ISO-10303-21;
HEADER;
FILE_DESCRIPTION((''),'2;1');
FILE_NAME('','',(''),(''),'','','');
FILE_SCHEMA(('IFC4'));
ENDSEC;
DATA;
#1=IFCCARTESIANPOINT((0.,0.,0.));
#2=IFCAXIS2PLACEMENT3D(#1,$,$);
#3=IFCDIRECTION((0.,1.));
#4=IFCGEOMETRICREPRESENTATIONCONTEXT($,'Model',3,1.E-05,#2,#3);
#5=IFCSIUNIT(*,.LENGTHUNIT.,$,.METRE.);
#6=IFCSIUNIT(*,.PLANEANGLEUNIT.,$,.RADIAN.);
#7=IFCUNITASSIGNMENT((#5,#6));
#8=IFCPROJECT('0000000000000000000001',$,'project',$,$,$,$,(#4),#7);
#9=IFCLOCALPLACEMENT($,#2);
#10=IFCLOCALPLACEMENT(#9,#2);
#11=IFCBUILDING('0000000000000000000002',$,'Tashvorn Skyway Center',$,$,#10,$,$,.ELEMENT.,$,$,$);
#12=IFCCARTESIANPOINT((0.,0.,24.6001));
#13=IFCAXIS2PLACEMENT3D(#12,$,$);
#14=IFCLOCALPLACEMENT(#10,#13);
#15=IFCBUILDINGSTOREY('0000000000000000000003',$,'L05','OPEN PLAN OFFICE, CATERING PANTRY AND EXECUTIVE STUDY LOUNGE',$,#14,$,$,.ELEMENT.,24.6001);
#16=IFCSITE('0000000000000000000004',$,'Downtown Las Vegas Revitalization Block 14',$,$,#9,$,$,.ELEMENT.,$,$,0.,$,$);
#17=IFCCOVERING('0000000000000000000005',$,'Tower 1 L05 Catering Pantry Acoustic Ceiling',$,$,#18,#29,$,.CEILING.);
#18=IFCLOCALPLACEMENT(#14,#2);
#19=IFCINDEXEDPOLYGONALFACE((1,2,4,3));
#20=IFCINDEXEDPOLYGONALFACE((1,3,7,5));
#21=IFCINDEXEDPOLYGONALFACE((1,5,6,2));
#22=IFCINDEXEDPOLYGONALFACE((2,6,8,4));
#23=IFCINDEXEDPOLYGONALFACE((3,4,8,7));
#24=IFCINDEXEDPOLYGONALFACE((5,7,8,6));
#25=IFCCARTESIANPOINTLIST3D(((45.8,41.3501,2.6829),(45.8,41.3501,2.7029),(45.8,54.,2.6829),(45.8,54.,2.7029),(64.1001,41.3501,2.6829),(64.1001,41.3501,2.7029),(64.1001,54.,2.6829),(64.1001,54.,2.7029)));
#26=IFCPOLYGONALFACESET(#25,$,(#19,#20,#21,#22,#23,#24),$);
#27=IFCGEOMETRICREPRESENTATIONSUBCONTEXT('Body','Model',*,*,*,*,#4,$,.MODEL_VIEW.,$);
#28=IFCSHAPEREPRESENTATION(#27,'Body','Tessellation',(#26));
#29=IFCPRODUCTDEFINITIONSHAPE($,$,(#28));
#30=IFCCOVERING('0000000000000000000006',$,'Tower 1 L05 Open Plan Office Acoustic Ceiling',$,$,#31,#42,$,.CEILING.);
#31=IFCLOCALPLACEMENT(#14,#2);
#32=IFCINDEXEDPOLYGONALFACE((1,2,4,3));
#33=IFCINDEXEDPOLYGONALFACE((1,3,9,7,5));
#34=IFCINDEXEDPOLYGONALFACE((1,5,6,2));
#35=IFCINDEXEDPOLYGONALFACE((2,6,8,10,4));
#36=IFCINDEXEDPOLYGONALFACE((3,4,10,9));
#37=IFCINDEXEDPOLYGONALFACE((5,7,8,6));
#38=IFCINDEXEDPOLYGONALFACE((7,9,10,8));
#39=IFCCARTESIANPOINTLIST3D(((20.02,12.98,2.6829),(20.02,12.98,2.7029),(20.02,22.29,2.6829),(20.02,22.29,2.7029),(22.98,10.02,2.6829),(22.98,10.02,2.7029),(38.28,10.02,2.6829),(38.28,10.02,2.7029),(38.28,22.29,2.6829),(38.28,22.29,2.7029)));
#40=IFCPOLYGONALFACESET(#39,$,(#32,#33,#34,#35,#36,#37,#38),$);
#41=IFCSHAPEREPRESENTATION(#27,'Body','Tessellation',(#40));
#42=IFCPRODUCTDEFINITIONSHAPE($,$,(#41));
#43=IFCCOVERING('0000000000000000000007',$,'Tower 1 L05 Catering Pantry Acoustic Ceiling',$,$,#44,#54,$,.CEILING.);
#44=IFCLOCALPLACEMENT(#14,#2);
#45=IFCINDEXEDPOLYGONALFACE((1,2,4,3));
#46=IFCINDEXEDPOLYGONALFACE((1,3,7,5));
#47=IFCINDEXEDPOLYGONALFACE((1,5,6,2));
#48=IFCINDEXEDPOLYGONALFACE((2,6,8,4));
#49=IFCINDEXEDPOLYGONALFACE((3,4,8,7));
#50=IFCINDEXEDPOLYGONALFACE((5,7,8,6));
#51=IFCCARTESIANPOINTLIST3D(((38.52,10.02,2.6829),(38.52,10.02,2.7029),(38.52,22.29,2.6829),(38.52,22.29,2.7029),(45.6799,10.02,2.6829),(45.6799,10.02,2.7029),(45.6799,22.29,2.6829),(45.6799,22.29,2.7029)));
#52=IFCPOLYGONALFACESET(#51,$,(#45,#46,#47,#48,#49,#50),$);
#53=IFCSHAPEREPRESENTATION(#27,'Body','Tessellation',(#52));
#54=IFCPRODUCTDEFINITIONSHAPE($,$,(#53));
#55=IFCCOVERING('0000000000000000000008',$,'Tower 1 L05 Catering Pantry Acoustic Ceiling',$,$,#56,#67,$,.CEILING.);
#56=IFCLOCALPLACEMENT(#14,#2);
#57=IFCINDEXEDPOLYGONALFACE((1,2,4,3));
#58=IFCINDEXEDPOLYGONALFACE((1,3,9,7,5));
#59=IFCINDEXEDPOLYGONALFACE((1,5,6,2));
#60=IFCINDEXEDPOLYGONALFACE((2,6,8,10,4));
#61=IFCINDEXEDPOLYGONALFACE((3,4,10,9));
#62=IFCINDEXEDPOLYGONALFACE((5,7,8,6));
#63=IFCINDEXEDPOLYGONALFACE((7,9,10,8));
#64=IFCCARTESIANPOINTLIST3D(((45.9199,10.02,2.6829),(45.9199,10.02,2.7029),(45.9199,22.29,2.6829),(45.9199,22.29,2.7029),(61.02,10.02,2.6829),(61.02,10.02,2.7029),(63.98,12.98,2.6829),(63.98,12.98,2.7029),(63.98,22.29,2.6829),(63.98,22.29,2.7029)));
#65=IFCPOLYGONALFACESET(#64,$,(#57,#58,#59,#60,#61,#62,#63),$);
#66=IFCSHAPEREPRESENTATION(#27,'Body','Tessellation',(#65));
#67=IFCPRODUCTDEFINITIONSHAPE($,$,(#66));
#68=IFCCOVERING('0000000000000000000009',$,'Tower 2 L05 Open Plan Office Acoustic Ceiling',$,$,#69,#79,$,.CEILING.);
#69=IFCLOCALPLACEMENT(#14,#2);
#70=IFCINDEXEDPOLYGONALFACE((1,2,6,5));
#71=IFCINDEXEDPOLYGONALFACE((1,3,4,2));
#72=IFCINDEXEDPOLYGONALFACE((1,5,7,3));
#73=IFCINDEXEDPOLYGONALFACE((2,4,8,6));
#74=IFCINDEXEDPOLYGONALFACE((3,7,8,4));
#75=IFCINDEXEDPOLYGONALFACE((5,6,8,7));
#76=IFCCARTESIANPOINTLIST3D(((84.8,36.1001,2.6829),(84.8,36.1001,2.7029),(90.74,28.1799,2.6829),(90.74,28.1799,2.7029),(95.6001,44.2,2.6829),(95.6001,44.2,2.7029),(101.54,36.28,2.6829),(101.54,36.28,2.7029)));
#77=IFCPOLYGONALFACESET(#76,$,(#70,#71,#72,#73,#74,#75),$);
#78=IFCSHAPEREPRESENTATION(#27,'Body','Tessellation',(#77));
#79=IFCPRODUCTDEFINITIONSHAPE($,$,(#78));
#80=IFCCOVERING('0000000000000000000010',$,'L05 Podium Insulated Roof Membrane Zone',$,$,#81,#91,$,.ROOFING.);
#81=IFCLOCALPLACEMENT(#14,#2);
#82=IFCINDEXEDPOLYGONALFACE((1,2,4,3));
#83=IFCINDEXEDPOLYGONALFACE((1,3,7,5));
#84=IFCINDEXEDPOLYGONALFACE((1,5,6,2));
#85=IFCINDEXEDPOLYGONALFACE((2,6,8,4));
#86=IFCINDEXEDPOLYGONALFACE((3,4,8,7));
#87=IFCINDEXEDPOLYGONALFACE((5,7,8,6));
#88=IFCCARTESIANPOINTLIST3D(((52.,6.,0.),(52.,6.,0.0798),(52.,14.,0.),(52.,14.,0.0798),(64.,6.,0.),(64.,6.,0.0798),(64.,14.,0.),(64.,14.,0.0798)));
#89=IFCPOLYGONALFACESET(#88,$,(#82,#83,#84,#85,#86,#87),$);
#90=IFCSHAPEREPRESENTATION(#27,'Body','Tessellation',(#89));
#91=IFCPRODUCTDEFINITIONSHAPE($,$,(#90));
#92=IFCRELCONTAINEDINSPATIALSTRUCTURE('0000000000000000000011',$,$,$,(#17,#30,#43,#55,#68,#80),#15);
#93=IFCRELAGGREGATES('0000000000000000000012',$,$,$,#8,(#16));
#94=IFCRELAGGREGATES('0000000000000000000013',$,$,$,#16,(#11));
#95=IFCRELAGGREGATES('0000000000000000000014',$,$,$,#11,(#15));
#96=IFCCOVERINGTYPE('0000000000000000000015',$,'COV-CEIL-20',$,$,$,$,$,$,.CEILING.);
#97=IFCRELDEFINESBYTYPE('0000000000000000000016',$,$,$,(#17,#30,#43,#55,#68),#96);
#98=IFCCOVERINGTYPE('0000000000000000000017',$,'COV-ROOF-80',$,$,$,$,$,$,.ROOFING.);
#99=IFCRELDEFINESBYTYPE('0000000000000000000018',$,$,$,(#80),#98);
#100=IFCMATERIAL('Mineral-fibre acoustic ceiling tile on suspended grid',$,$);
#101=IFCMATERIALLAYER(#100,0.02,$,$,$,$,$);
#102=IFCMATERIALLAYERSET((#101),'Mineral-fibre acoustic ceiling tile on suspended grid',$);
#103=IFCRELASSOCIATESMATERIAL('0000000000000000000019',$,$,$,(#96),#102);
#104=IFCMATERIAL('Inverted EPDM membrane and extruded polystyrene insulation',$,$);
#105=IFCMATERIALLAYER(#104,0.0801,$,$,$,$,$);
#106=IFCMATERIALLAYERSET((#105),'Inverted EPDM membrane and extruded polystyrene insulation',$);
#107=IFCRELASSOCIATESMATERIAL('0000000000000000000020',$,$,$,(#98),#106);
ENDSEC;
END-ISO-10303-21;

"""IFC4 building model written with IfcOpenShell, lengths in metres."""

from ifc_helpers import new_model, si_unit, direction, frame, origin, place, context, subcontext, project, spatial, polyline, outline, extrude, material, layer, layer_set, type_object, element, save


model = new_model("IFC4")

# Units and contexts
model_context = context("Model", 3, precision=1e-05, world=origin(), true_north=direction((0.0, 1.0)))
body_context = subcontext(model_context, "Body", "Model", "MODEL_VIEW")
ifc_project = project(units=[si_unit("LENGTHUNIT", "METRE"), si_unit("PLANEANGLEUNIT", "RADIAN")], contexts=[model_context])

# Site, building, storey
site_placement = place(None, origin())
site = spatial("IfcSite", under=ifc_project, at=site_placement, Name="Downtown Las Vegas Revitalization Block 14", CompositionType="ELEMENT", RefElevation=0.0)
building_placement = place(site_placement, origin())
building = spatial("IfcBuilding", under=site, at=building_placement, Name="Tashvorn Skyway Center", CompositionType="ELEMENT")
storey_placement = place(building_placement, frame((0.0, 0.0, 24.6001)))
storey = spatial("IfcBuildingStorey", under=building, at=storey_placement, Name="L05", Description="OPEN PLAN OFFICE, CATERING PANTRY AND EXECUTIVE STUDY LOUNGE", CompositionType="ELEMENT", Elevation=24.6001)

# Coverings
ifc_material_1 = material(Name="Mineral-fibre acoustic ceiling tile on suspended grid")
ifc_layer_1 = layer(ifc_material_1, 0.02)
ifc_layer_set_1 = layer_set([ifc_layer_1], Name="Mineral-fibre acoustic ceiling tile on suspended grid")
covering_type_1 = type_object("IfcCoveringType", Name="COV-CEIL-20", PredefinedType="CEILING", material=ifc_layer_set_1)
covering_1_placement = place(storey_placement, frame((0.0, 0.0, 2.6829)))
element("IfcCovering", 1, at=covering_1_placement, inside=storey, type_object=covering_type_1, Name="Tower 1 L05 Catering Pantry Acoustic Ceiling", PredefinedType="CEILING", context=body_context, shape_type="SweptSolid", body=[
    extrude(outline(polyline([(45.8, 41.3501), (64.1001, 41.3501), (64.1001, 54.0), (45.8, 54.0), (45.8, 41.3501)])), origin(), (0.0, 0.0, 1.0), 0.02),
])
covering_2_placement = place(storey_placement, frame((0.0, 0.0, 2.6829)))
element("IfcCovering", 2, at=covering_2_placement, inside=storey, type_object=covering_type_1, Name="Tower 1 L05 Open Plan Office Acoustic Ceiling", PredefinedType="CEILING", context=body_context, shape_type="SweptSolid", body=[
    extrude(outline(polyline([(20.02, 22.29), (38.28, 22.29), (38.28, 10.02), (22.98, 10.02), (20.02, 12.98), (20.02, 22.29)])), origin(), (0.0, 0.0, 1.0), 0.02),
])
covering_3_placement = place(storey_placement, frame((0.0, 0.0, 2.6829)))
element("IfcCovering", 3, at=covering_3_placement, inside=storey, type_object=covering_type_1, Name="Tower 1 L05 Catering Pantry Acoustic Ceiling", PredefinedType="CEILING", context=body_context, shape_type="SweptSolid", body=[
    extrude(outline(polyline([(38.52, 22.29), (45.6799, 22.29), (45.6799, 10.02), (38.52, 10.02), (38.52, 22.29)])), origin(), (0.0, 0.0, 1.0), 0.02),
])
covering_4_placement = place(storey_placement, frame((0.0, 0.0, 2.6829)))
element("IfcCovering", 4, at=covering_4_placement, inside=storey, type_object=covering_type_1, Name="Tower 1 L05 Catering Pantry Acoustic Ceiling", PredefinedType="CEILING", context=body_context, shape_type="SweptSolid", body=[
    extrude(outline(polyline([(45.9199, 10.02), (45.9199, 22.29), (63.98, 22.29), (63.98, 12.98), (61.02, 10.02), (45.9199, 10.02)])), origin(), (0.0, 0.0, 1.0), 0.02),
])
covering_5_placement = place(storey_placement, frame((0.0, 0.0, 2.6829)))
element("IfcCovering", 5, at=covering_5_placement, inside=storey, type_object=covering_type_1, Name="Tower 2 L05 Open Plan Office Acoustic Ceiling", PredefinedType="CEILING", context=body_context, shape_type="SweptSolid", body=[
    extrude(outline(polyline([(90.74, 28.1799), (101.54, 36.28), (95.6001, 44.2), (84.8, 36.1001), (90.74, 28.1799)])), origin(), (0.0, 0.0, 1.0), 0.02),
])
ifc_material_2 = material(Name="Inverted EPDM membrane and extruded polystyrene insulation")
ifc_layer_2 = layer(ifc_material_2, 0.0801)
ifc_layer_set_2 = layer_set([ifc_layer_2], Name="Inverted EPDM membrane and extruded polystyrene insulation")
covering_type_2 = type_object("IfcCoveringType", Name="COV-ROOF-80", PredefinedType="ROOFING", material=ifc_layer_set_2)
covering_6_placement = place(storey_placement, origin())
element("IfcCovering", 6, at=covering_6_placement, inside=storey, type_object=covering_type_2, Name="L05 Podium Insulated Roof Membrane Zone", PredefinedType="ROOFING", context=body_context, shape_type="SweptSolid", body=[
    extrude(outline(polyline([(52.0, 6.0), (64.0, 6.0), (64.0, 14.0), (52.0, 14.0), (52.0, 6.0)])), origin(), (0.0, 0.0, 1.0), 0.0798),
])

save(model, "model.ifc")
